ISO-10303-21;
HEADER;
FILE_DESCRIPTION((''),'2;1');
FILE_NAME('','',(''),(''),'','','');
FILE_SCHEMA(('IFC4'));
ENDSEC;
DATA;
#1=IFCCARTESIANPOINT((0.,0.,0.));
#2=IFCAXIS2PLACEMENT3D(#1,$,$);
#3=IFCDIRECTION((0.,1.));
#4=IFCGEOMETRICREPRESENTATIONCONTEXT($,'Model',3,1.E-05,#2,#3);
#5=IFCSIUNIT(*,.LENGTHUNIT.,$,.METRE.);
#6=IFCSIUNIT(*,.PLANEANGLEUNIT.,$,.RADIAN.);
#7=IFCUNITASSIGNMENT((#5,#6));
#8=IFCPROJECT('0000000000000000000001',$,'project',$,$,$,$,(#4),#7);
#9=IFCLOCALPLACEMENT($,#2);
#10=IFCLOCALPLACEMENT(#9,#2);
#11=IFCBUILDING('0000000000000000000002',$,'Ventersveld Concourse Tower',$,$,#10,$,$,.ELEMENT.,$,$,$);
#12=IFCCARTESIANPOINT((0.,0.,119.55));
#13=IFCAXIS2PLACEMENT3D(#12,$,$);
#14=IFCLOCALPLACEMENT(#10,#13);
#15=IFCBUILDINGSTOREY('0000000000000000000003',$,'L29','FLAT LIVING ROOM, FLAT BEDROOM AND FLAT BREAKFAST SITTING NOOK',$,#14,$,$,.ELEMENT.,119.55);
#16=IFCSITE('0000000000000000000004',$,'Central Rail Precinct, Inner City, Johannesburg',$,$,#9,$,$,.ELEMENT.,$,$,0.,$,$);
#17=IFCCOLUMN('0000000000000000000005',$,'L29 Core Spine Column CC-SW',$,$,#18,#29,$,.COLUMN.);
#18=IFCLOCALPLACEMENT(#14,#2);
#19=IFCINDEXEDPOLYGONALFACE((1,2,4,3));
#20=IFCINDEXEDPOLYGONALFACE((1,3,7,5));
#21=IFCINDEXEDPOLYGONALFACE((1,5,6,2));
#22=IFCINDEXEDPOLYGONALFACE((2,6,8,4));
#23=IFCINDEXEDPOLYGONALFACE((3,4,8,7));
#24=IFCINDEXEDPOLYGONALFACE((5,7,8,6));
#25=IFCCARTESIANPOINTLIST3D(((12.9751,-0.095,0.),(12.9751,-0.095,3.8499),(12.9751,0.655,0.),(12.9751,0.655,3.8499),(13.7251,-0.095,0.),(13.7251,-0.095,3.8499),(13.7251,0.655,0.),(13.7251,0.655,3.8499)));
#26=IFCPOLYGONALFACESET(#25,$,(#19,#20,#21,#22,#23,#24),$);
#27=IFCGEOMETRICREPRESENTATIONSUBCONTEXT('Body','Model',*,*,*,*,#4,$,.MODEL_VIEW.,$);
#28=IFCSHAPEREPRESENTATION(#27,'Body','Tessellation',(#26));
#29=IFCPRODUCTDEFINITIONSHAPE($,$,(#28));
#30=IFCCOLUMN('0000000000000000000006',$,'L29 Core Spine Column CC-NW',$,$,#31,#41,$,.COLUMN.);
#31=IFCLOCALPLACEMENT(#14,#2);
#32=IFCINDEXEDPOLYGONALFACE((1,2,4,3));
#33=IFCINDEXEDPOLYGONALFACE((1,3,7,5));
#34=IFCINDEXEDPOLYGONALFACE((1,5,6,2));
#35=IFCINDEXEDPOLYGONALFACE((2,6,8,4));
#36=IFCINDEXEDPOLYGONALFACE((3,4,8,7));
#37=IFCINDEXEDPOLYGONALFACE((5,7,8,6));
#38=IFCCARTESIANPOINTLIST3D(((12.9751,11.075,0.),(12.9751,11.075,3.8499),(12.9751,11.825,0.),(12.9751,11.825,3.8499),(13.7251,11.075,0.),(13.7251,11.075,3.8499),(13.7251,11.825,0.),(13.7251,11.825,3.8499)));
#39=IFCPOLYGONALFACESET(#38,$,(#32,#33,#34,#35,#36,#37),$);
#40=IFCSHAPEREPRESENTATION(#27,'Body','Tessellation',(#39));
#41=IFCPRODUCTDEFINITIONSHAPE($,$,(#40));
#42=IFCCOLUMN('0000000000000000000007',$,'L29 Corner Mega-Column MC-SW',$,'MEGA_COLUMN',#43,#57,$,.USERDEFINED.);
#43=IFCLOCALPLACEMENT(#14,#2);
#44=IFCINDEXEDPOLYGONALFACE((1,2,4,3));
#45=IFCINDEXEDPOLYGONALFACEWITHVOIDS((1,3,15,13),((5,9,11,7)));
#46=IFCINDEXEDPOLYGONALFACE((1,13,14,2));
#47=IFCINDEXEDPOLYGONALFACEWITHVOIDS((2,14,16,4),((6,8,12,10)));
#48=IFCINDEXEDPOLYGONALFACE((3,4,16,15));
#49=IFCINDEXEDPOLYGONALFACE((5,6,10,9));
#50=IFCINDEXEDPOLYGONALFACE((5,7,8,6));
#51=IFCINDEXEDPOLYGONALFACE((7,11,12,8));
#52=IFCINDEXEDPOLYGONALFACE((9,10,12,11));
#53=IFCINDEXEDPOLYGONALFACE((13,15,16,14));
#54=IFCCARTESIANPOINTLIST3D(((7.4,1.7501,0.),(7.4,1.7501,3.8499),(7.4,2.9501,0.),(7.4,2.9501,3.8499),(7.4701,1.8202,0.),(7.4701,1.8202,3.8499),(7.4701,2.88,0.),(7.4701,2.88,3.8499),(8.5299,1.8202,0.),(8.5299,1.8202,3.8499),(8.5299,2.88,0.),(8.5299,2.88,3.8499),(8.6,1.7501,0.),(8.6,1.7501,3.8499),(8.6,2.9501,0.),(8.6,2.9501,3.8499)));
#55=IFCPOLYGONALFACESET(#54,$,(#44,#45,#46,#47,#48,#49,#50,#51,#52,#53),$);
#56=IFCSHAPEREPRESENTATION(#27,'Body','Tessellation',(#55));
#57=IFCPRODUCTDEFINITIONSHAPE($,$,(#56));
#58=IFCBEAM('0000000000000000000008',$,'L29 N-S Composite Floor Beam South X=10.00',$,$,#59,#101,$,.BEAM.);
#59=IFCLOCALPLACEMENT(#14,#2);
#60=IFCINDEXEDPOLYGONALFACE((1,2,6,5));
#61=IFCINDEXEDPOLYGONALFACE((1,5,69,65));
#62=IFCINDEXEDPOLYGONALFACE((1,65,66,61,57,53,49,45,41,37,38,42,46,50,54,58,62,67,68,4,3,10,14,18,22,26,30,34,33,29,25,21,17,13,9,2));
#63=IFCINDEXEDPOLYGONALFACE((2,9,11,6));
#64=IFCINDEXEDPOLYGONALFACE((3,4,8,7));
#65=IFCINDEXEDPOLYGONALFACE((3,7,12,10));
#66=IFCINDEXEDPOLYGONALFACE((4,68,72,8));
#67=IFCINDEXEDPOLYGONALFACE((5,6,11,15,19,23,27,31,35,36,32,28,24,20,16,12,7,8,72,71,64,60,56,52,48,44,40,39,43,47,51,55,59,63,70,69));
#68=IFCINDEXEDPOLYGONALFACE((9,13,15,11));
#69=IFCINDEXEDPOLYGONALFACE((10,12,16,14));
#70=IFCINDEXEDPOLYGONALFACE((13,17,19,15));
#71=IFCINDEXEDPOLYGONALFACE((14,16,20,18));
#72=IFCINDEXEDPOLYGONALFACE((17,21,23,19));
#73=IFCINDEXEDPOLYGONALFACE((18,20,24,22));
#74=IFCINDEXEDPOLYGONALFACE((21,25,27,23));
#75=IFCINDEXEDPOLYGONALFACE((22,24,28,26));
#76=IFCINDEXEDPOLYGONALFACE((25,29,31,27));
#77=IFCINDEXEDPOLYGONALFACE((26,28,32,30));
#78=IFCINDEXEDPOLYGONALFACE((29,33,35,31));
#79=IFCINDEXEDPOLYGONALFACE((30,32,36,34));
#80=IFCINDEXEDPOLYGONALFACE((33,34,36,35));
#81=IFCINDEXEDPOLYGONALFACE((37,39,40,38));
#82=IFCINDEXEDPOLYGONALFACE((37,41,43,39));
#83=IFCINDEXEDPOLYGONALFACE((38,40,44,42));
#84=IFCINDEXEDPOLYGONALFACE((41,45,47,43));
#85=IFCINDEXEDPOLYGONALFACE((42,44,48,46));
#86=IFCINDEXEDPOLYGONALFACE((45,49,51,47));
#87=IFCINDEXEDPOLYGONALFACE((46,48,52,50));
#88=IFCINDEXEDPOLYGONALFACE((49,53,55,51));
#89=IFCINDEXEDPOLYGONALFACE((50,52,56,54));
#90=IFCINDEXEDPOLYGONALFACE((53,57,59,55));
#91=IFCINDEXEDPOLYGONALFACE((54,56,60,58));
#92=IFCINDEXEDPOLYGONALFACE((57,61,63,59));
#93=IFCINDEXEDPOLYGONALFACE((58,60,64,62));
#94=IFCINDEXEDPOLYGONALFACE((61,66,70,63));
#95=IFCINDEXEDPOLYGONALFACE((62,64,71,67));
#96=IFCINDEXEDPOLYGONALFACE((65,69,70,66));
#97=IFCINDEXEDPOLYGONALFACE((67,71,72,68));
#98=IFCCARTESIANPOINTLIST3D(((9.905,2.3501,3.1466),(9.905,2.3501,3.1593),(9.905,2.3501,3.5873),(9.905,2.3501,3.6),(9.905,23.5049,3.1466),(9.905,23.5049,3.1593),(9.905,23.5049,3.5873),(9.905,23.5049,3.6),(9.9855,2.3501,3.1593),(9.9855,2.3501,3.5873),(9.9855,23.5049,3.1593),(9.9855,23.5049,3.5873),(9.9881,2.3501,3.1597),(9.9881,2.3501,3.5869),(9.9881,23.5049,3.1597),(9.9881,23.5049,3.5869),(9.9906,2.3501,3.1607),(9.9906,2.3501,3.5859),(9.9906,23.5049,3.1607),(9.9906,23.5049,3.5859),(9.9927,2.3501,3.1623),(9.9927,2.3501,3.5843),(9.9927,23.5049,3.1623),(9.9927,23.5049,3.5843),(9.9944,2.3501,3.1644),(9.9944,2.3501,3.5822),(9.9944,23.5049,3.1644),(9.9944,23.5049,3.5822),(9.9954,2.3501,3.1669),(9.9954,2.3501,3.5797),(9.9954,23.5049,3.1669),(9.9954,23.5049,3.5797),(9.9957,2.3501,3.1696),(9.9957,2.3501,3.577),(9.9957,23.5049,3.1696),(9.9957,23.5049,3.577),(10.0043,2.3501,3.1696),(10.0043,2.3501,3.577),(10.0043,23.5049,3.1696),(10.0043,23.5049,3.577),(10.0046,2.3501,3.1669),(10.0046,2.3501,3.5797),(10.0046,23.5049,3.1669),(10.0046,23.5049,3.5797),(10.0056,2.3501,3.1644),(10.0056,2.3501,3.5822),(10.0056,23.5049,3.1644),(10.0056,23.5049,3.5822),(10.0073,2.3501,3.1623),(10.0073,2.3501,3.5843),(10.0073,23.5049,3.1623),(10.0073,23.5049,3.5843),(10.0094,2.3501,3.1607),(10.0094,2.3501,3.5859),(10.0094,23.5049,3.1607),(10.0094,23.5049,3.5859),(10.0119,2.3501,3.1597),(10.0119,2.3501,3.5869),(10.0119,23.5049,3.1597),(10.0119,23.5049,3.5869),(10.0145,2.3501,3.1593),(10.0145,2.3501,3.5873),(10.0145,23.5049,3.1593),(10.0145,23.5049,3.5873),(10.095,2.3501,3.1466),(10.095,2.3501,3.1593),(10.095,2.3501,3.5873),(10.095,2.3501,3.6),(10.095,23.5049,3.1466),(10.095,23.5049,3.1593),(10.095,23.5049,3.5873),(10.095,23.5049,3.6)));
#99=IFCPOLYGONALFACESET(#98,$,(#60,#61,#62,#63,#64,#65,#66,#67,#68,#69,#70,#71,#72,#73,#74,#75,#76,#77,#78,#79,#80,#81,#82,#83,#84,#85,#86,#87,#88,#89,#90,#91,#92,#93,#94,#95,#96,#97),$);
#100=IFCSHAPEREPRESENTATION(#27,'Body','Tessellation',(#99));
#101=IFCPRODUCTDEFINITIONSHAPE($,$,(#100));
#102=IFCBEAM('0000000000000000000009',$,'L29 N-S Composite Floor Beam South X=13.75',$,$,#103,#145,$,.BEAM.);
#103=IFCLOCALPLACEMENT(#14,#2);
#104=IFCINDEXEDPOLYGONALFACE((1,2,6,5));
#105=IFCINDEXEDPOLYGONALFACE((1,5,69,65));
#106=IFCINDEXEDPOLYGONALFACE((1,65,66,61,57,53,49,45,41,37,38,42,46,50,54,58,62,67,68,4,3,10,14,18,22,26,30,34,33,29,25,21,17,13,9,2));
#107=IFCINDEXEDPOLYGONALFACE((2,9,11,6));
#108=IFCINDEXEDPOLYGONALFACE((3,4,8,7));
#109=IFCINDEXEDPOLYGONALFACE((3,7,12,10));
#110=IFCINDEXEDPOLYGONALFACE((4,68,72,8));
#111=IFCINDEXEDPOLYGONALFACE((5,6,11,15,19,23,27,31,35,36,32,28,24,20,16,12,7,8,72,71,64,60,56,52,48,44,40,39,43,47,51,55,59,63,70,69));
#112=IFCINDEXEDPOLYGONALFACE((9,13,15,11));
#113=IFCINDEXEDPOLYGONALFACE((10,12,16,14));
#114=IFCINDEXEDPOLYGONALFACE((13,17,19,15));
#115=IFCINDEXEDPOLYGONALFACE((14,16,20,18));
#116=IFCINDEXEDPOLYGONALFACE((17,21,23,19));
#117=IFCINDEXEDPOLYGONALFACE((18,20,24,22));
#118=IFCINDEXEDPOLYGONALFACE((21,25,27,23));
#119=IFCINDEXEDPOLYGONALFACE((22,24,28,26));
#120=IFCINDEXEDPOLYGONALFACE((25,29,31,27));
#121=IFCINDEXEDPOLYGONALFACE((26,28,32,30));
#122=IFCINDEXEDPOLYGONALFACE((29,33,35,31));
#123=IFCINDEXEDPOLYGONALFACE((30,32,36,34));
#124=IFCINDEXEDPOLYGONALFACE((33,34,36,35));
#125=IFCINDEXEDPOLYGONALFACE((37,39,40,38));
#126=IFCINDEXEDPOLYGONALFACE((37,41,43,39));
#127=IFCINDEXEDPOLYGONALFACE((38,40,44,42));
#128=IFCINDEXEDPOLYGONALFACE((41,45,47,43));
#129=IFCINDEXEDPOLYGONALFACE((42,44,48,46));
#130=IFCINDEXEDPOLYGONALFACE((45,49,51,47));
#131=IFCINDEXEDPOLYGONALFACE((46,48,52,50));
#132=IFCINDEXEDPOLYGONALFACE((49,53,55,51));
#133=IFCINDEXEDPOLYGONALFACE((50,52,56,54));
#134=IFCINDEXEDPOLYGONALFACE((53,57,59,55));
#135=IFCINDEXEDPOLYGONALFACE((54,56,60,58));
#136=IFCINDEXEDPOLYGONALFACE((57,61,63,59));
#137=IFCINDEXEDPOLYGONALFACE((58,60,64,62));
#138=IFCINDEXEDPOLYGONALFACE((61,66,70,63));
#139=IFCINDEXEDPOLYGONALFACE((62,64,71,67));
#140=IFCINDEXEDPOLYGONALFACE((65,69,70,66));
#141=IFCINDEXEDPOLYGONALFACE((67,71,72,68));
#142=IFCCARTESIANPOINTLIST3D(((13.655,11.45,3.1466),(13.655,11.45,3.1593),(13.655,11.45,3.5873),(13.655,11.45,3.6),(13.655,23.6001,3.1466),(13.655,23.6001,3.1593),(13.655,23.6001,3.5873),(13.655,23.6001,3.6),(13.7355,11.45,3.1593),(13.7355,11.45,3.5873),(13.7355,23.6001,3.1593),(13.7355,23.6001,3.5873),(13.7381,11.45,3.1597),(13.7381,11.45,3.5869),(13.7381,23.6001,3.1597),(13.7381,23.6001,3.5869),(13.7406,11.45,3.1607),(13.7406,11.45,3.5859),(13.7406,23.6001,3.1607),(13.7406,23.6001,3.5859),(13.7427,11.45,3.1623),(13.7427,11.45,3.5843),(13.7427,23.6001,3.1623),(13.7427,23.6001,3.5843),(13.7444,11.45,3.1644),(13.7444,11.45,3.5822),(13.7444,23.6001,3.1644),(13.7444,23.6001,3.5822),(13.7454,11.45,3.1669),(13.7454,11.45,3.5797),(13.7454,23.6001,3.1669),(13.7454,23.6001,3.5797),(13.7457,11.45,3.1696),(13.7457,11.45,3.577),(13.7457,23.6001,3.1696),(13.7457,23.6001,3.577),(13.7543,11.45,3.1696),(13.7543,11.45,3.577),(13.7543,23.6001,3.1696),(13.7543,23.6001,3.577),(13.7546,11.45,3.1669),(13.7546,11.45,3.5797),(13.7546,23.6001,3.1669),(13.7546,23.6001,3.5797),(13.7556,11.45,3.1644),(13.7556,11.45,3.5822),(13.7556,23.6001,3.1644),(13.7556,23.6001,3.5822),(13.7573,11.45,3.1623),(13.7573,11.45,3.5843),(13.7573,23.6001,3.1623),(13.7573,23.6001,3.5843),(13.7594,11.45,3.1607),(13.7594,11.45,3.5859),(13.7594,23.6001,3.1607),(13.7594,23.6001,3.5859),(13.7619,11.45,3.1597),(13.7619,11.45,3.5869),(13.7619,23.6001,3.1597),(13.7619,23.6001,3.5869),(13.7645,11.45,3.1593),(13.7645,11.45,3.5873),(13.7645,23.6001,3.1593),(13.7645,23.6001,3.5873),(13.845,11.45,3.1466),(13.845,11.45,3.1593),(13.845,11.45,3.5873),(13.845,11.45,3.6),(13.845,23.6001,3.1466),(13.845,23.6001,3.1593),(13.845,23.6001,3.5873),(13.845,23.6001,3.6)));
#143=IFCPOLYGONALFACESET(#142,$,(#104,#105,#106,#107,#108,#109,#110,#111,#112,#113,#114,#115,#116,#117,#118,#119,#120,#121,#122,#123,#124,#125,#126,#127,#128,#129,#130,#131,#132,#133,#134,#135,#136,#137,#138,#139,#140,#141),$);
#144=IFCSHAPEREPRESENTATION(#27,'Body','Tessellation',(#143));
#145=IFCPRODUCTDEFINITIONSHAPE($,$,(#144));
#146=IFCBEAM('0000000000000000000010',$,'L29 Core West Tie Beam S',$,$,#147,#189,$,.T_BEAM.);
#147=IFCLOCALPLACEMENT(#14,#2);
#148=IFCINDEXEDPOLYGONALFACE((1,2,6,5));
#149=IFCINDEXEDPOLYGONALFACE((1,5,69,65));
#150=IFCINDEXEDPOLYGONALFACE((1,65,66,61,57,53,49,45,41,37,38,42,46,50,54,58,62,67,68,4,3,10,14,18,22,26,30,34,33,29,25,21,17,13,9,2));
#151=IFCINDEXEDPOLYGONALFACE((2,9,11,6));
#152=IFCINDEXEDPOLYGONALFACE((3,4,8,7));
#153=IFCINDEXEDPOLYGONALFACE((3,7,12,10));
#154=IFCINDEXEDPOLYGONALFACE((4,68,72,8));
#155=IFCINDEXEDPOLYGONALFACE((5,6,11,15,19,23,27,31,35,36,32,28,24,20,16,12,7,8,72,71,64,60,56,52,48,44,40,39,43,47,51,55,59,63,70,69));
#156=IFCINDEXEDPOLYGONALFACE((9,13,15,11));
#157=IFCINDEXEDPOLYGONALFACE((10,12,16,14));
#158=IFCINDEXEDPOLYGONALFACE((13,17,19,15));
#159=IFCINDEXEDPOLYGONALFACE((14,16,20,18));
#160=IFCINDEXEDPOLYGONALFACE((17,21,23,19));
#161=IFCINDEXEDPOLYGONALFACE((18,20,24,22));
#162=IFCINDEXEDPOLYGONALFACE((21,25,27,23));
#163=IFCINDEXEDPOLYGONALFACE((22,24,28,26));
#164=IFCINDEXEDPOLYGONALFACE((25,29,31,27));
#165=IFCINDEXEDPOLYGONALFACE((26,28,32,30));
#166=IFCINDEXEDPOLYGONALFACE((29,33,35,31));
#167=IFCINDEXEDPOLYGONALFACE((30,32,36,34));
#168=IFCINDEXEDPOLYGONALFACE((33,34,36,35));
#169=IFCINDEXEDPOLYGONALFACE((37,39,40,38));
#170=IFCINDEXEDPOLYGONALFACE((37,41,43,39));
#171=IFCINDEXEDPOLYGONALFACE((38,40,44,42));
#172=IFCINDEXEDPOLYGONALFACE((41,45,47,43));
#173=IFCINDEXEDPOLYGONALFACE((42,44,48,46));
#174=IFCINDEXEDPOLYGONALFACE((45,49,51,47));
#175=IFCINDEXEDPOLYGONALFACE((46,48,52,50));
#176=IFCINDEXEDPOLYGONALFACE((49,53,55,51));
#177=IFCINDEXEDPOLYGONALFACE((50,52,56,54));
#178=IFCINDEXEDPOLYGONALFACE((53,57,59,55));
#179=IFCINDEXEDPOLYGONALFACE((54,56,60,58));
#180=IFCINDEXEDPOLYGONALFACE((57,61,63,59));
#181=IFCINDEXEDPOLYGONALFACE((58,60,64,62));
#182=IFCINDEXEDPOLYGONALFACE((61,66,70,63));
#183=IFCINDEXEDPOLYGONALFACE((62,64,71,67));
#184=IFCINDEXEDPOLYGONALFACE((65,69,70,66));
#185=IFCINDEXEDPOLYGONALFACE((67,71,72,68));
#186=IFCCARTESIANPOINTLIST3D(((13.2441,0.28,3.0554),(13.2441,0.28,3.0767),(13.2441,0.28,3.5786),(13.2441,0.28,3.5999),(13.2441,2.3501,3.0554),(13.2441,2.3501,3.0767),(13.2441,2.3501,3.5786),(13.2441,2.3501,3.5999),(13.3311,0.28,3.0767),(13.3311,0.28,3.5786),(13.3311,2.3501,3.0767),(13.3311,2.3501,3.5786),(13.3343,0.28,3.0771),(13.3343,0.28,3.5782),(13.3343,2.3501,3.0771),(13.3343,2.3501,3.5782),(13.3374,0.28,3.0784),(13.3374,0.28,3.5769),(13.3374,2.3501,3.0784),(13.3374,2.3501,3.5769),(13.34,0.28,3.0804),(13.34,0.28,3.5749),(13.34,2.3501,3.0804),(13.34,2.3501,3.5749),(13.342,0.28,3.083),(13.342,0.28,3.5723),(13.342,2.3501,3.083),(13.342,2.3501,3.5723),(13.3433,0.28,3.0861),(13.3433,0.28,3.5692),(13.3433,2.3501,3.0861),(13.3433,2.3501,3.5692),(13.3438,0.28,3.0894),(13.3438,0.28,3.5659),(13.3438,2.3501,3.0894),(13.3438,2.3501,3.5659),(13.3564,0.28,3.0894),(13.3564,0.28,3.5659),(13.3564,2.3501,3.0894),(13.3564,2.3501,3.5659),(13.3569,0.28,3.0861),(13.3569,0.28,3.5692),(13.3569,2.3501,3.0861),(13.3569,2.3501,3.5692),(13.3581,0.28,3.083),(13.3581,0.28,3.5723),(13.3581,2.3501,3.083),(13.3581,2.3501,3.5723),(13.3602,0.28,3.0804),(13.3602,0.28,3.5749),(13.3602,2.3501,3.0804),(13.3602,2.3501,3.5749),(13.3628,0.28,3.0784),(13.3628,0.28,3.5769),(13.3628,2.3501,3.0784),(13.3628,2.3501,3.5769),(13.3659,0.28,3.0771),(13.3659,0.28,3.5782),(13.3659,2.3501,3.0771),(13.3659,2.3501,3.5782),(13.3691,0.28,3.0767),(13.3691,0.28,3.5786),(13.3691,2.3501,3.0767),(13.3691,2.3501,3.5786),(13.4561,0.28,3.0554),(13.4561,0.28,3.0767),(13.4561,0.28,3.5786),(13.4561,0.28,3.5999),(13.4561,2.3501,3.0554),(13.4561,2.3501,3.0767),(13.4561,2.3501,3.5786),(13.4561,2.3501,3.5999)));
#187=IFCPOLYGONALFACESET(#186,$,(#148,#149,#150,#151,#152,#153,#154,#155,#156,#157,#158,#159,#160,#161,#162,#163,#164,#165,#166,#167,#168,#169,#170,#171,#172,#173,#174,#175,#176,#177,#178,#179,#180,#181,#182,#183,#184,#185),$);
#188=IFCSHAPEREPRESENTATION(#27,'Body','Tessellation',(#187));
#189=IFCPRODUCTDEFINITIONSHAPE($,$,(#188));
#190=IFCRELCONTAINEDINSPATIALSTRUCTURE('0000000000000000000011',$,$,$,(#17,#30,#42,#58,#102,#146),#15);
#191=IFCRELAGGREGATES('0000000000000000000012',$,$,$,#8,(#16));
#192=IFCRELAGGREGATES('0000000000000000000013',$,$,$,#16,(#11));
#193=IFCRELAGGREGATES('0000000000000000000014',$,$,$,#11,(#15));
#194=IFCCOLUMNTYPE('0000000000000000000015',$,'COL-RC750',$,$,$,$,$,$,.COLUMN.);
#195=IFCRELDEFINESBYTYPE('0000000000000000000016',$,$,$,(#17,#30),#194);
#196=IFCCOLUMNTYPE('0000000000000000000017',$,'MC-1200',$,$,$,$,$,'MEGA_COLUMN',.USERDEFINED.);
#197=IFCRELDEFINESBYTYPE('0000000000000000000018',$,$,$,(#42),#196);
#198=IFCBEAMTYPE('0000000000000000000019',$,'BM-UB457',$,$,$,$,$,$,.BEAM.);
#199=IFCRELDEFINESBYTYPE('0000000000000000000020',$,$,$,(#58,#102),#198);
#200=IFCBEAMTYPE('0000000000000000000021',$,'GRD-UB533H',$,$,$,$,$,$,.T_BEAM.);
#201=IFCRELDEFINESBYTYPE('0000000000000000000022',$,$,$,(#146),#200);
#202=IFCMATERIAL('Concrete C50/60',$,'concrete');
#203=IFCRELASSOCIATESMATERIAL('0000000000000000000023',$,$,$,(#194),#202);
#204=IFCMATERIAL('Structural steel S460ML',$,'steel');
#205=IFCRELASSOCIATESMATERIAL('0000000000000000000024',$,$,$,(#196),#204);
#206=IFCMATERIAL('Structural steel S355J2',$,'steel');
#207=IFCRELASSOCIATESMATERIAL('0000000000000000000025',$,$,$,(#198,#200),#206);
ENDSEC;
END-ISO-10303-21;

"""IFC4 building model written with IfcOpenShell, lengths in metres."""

from ifc_helpers import new_model, si_unit, direction, frame, origin, origin_2d, place, context, subcontext, project, spatial, rectangle, hollow_rectangle, i_section, extrude, material, material_profile, profile_set, type_object, element, save


model = new_model("IFC4")

# Units and contexts
model_context = context("Model", 3, precision=1e-05, world=origin(), true_north=direction((0.0, 1.0)))
body_context = subcontext(model_context, "Body", "Model", "MODEL_VIEW")
ifc_project = project(units=[si_unit("LENGTHUNIT", "METRE"), si_unit("PLANEANGLEUNIT", "RADIAN")], contexts=[model_context])

# Site, building, storey
site_placement = place(None, origin())
site = spatial("IfcSite", under=ifc_project, at=site_placement, Name="Central Rail Precinct, Inner City, Johannesburg", CompositionType="ELEMENT", RefElevation=0.0)
building_placement = place(site_placement, origin())
building = spatial("IfcBuilding", under=site, at=building_placement, Name="Ventersveld Concourse Tower", CompositionType="ELEMENT")
storey_placement = place(building_placement, frame((0.0, 0.0, 119.55)))
storey = spatial("IfcBuildingStorey", under=building, at=storey_placement, Name="L29", Description="FLAT LIVING ROOM, FLAT BEDROOM AND FLAT BREAKFAST SITTING NOOK", CompositionType="ELEMENT", Elevation=119.55)

# Columns
ifc_material_1 = material(Name="Concrete C50/60", Category="concrete")
ifc_material_profile_1 = material_profile(ifc_material_1, rectangle(XDim=0.75, YDim=0.75, at=origin_2d()), Name="RC 750x750")
ifc_profile_set_1 = profile_set([ifc_material_profile_1], Name="Concrete C50/60")
column_type_1 = type_object("IfcColumnType", Name="COL-RC750", PredefinedType="COLUMN", material=ifc_profile_set_1)
for number, where, z_axis, x_axis, name in (
    (1, (13.3501, 0.28, 0.0), (0.0, 0.0, 1.0), (1.0, 0.0, 0.0), "L29 Core Spine Column CC-SW"),
    (2, (13.3501, 11.45, 0.0), (0.0, 0.0, 1.0), (1.0, 0.0, 0.0), "L29 Core Spine Column CC-NW"),
):
    element("IfcColumn", number, at=place(storey_placement, frame(where, z_axis=z_axis, x_axis=x_axis)), inside=storey, type_object=column_type_1, Name=name, PredefinedType="COLUMN", context=body_context, shape_type="SweptSolid", body=[
        extrude(rectangle(XDim=0.75, YDim=0.75, at=origin_2d()), origin(), (0.0, 0.0, 1.0), 3.8499),
    ])
ifc_material_2 = material(Name="Structural steel S460ML", Category="steel")
ifc_material_profile_2 = material_profile(ifc_material_2, hollow_rectangle(XDim=1.2, YDim=1.2, WallThickness=0.0701, at=origin_2d()), Name="BOX 1200x1200x70")
ifc_profile_set_2 = profile_set([ifc_material_profile_2], Name="Structural steel S460ML")
column_type_2 = type_object("IfcColumnType", Name="MC-1200", ElementType="MEGA_COLUMN", PredefinedType="USERDEFINED", material=ifc_profile_set_2)
column_placement = place(storey_placement, frame((8.0, 2.3501, 0.0), z_axis=(0.0, 0.0, 1.0), x_axis=(1.0, 0.0, 0.0)))
element("IfcColumn", 3, at=column_placement, inside=storey, type_object=column_type_2, Name="L29 Corner Mega-Column MC-SW", ObjectType="MEGA_COLUMN", PredefinedType="USERDEFINED", context=body_context, shape_type="SweptSolid", body=[
    extrude(hollow_rectangle(XDim=1.2, YDim=1.2, WallThickness=0.0701, at=origin_2d()), origin(), (0.0, 0.0, 1.0), 3.8499),
])

# Beams
ifc_material_3 = material(Name="Structural steel S355J2", Category="steel")
ifc_material_profile_3 = material_profile(ifc_material_3, i_section(OverallWidth=0.1899, OverallDepth=0.4534, WebThickness=0.0085, FlangeThickness=0.0127, FilletRadius=0.0103, at=origin_2d()), Name="UB 457x191x67")
ifc_profile_set_3 = profile_set([ifc_material_profile_3], Name="Structural steel S355J2")
beam_type_1 = type_object("IfcBeamType", Name="BM-UB457", PredefinedType="BEAM", material=ifc_profile_set_3)
beam_1_placement = place(storey_placement, frame((10.0, 2.3501, 3.3733), z_axis=(0.0, 1.0, 0.0), x_axis=(-1.0, 0.0, 0.0)))
element("IfcBeam", 4, at=beam_1_placement, inside=storey, type_object=beam_type_1, Name="L29 N-S Composite Floor Beam South X=10.00", PredefinedType="BEAM", context=body_context, shape_type="SweptSolid", body=[
    extrude(i_section(OverallWidth=0.1899, OverallDepth=0.4534, WebThickness=0.0085, FlangeThickness=0.0127, FilletRadius=0.0103, at=origin_2d()), origin(), (0.0, 0.0, 1.0), 21.1548),
])
beam_2_placement = place(storey_placement, frame((13.75, 11.45, 3.3733), z_axis=(0.0, 1.0, 0.0), x_axis=(-1.0, 0.0, 0.0)))
element("IfcBeam", 5, at=beam_2_placement, inside=storey, type_object=beam_type_1, Name="L29 N-S Composite Floor Beam South X=13.75", PredefinedType="BEAM", context=body_context, shape_type="SweptSolid", body=[
    extrude(i_section(OverallWidth=0.1899, OverallDepth=0.4534, WebThickness=0.0085, FlangeThickness=0.0127, FilletRadius=0.0103, at=origin_2d()), origin(), (0.0, 0.0, 1.0), 12.1501),
])
ifc_material_profile_4 = material_profile(ifc_material_3, i_section(OverallWidth=0.2119, OverallDepth=0.5444, WebThickness=0.0127, FlangeThickness=0.0212, FilletRadius=0.0127, at=origin_2d()), Name="UB 533x210x122")
ifc_profile_set_4 = profile_set([ifc_material_profile_4], Name="Structural steel S355J2")
beam_type_2 = type_object("IfcBeamType", Name="GRD-UB533H", PredefinedType="T_BEAM", material=ifc_profile_set_4)
beam_3_placement = place(storey_placement, frame((13.3501, 0.28, 3.3276), z_axis=(0.0, 1.0, 0.0), x_axis=(-1.0, 0.0, 0.0)))
element("IfcBeam", 6, at=beam_3_placement, inside=storey, type_object=beam_type_2, Name="L29 Core West Tie Beam S", PredefinedType="T_BEAM", context=body_context, shape_type="SweptSolid", body=[
    extrude(i_section(OverallWidth=0.2119, OverallDepth=0.5444, WebThickness=0.0127, FlangeThickness=0.0212, FilletRadius=0.0127, at=origin_2d()), origin(), (0.0, 0.0, 1.0), 2.0701),
])

save(model, "model.ifc")
